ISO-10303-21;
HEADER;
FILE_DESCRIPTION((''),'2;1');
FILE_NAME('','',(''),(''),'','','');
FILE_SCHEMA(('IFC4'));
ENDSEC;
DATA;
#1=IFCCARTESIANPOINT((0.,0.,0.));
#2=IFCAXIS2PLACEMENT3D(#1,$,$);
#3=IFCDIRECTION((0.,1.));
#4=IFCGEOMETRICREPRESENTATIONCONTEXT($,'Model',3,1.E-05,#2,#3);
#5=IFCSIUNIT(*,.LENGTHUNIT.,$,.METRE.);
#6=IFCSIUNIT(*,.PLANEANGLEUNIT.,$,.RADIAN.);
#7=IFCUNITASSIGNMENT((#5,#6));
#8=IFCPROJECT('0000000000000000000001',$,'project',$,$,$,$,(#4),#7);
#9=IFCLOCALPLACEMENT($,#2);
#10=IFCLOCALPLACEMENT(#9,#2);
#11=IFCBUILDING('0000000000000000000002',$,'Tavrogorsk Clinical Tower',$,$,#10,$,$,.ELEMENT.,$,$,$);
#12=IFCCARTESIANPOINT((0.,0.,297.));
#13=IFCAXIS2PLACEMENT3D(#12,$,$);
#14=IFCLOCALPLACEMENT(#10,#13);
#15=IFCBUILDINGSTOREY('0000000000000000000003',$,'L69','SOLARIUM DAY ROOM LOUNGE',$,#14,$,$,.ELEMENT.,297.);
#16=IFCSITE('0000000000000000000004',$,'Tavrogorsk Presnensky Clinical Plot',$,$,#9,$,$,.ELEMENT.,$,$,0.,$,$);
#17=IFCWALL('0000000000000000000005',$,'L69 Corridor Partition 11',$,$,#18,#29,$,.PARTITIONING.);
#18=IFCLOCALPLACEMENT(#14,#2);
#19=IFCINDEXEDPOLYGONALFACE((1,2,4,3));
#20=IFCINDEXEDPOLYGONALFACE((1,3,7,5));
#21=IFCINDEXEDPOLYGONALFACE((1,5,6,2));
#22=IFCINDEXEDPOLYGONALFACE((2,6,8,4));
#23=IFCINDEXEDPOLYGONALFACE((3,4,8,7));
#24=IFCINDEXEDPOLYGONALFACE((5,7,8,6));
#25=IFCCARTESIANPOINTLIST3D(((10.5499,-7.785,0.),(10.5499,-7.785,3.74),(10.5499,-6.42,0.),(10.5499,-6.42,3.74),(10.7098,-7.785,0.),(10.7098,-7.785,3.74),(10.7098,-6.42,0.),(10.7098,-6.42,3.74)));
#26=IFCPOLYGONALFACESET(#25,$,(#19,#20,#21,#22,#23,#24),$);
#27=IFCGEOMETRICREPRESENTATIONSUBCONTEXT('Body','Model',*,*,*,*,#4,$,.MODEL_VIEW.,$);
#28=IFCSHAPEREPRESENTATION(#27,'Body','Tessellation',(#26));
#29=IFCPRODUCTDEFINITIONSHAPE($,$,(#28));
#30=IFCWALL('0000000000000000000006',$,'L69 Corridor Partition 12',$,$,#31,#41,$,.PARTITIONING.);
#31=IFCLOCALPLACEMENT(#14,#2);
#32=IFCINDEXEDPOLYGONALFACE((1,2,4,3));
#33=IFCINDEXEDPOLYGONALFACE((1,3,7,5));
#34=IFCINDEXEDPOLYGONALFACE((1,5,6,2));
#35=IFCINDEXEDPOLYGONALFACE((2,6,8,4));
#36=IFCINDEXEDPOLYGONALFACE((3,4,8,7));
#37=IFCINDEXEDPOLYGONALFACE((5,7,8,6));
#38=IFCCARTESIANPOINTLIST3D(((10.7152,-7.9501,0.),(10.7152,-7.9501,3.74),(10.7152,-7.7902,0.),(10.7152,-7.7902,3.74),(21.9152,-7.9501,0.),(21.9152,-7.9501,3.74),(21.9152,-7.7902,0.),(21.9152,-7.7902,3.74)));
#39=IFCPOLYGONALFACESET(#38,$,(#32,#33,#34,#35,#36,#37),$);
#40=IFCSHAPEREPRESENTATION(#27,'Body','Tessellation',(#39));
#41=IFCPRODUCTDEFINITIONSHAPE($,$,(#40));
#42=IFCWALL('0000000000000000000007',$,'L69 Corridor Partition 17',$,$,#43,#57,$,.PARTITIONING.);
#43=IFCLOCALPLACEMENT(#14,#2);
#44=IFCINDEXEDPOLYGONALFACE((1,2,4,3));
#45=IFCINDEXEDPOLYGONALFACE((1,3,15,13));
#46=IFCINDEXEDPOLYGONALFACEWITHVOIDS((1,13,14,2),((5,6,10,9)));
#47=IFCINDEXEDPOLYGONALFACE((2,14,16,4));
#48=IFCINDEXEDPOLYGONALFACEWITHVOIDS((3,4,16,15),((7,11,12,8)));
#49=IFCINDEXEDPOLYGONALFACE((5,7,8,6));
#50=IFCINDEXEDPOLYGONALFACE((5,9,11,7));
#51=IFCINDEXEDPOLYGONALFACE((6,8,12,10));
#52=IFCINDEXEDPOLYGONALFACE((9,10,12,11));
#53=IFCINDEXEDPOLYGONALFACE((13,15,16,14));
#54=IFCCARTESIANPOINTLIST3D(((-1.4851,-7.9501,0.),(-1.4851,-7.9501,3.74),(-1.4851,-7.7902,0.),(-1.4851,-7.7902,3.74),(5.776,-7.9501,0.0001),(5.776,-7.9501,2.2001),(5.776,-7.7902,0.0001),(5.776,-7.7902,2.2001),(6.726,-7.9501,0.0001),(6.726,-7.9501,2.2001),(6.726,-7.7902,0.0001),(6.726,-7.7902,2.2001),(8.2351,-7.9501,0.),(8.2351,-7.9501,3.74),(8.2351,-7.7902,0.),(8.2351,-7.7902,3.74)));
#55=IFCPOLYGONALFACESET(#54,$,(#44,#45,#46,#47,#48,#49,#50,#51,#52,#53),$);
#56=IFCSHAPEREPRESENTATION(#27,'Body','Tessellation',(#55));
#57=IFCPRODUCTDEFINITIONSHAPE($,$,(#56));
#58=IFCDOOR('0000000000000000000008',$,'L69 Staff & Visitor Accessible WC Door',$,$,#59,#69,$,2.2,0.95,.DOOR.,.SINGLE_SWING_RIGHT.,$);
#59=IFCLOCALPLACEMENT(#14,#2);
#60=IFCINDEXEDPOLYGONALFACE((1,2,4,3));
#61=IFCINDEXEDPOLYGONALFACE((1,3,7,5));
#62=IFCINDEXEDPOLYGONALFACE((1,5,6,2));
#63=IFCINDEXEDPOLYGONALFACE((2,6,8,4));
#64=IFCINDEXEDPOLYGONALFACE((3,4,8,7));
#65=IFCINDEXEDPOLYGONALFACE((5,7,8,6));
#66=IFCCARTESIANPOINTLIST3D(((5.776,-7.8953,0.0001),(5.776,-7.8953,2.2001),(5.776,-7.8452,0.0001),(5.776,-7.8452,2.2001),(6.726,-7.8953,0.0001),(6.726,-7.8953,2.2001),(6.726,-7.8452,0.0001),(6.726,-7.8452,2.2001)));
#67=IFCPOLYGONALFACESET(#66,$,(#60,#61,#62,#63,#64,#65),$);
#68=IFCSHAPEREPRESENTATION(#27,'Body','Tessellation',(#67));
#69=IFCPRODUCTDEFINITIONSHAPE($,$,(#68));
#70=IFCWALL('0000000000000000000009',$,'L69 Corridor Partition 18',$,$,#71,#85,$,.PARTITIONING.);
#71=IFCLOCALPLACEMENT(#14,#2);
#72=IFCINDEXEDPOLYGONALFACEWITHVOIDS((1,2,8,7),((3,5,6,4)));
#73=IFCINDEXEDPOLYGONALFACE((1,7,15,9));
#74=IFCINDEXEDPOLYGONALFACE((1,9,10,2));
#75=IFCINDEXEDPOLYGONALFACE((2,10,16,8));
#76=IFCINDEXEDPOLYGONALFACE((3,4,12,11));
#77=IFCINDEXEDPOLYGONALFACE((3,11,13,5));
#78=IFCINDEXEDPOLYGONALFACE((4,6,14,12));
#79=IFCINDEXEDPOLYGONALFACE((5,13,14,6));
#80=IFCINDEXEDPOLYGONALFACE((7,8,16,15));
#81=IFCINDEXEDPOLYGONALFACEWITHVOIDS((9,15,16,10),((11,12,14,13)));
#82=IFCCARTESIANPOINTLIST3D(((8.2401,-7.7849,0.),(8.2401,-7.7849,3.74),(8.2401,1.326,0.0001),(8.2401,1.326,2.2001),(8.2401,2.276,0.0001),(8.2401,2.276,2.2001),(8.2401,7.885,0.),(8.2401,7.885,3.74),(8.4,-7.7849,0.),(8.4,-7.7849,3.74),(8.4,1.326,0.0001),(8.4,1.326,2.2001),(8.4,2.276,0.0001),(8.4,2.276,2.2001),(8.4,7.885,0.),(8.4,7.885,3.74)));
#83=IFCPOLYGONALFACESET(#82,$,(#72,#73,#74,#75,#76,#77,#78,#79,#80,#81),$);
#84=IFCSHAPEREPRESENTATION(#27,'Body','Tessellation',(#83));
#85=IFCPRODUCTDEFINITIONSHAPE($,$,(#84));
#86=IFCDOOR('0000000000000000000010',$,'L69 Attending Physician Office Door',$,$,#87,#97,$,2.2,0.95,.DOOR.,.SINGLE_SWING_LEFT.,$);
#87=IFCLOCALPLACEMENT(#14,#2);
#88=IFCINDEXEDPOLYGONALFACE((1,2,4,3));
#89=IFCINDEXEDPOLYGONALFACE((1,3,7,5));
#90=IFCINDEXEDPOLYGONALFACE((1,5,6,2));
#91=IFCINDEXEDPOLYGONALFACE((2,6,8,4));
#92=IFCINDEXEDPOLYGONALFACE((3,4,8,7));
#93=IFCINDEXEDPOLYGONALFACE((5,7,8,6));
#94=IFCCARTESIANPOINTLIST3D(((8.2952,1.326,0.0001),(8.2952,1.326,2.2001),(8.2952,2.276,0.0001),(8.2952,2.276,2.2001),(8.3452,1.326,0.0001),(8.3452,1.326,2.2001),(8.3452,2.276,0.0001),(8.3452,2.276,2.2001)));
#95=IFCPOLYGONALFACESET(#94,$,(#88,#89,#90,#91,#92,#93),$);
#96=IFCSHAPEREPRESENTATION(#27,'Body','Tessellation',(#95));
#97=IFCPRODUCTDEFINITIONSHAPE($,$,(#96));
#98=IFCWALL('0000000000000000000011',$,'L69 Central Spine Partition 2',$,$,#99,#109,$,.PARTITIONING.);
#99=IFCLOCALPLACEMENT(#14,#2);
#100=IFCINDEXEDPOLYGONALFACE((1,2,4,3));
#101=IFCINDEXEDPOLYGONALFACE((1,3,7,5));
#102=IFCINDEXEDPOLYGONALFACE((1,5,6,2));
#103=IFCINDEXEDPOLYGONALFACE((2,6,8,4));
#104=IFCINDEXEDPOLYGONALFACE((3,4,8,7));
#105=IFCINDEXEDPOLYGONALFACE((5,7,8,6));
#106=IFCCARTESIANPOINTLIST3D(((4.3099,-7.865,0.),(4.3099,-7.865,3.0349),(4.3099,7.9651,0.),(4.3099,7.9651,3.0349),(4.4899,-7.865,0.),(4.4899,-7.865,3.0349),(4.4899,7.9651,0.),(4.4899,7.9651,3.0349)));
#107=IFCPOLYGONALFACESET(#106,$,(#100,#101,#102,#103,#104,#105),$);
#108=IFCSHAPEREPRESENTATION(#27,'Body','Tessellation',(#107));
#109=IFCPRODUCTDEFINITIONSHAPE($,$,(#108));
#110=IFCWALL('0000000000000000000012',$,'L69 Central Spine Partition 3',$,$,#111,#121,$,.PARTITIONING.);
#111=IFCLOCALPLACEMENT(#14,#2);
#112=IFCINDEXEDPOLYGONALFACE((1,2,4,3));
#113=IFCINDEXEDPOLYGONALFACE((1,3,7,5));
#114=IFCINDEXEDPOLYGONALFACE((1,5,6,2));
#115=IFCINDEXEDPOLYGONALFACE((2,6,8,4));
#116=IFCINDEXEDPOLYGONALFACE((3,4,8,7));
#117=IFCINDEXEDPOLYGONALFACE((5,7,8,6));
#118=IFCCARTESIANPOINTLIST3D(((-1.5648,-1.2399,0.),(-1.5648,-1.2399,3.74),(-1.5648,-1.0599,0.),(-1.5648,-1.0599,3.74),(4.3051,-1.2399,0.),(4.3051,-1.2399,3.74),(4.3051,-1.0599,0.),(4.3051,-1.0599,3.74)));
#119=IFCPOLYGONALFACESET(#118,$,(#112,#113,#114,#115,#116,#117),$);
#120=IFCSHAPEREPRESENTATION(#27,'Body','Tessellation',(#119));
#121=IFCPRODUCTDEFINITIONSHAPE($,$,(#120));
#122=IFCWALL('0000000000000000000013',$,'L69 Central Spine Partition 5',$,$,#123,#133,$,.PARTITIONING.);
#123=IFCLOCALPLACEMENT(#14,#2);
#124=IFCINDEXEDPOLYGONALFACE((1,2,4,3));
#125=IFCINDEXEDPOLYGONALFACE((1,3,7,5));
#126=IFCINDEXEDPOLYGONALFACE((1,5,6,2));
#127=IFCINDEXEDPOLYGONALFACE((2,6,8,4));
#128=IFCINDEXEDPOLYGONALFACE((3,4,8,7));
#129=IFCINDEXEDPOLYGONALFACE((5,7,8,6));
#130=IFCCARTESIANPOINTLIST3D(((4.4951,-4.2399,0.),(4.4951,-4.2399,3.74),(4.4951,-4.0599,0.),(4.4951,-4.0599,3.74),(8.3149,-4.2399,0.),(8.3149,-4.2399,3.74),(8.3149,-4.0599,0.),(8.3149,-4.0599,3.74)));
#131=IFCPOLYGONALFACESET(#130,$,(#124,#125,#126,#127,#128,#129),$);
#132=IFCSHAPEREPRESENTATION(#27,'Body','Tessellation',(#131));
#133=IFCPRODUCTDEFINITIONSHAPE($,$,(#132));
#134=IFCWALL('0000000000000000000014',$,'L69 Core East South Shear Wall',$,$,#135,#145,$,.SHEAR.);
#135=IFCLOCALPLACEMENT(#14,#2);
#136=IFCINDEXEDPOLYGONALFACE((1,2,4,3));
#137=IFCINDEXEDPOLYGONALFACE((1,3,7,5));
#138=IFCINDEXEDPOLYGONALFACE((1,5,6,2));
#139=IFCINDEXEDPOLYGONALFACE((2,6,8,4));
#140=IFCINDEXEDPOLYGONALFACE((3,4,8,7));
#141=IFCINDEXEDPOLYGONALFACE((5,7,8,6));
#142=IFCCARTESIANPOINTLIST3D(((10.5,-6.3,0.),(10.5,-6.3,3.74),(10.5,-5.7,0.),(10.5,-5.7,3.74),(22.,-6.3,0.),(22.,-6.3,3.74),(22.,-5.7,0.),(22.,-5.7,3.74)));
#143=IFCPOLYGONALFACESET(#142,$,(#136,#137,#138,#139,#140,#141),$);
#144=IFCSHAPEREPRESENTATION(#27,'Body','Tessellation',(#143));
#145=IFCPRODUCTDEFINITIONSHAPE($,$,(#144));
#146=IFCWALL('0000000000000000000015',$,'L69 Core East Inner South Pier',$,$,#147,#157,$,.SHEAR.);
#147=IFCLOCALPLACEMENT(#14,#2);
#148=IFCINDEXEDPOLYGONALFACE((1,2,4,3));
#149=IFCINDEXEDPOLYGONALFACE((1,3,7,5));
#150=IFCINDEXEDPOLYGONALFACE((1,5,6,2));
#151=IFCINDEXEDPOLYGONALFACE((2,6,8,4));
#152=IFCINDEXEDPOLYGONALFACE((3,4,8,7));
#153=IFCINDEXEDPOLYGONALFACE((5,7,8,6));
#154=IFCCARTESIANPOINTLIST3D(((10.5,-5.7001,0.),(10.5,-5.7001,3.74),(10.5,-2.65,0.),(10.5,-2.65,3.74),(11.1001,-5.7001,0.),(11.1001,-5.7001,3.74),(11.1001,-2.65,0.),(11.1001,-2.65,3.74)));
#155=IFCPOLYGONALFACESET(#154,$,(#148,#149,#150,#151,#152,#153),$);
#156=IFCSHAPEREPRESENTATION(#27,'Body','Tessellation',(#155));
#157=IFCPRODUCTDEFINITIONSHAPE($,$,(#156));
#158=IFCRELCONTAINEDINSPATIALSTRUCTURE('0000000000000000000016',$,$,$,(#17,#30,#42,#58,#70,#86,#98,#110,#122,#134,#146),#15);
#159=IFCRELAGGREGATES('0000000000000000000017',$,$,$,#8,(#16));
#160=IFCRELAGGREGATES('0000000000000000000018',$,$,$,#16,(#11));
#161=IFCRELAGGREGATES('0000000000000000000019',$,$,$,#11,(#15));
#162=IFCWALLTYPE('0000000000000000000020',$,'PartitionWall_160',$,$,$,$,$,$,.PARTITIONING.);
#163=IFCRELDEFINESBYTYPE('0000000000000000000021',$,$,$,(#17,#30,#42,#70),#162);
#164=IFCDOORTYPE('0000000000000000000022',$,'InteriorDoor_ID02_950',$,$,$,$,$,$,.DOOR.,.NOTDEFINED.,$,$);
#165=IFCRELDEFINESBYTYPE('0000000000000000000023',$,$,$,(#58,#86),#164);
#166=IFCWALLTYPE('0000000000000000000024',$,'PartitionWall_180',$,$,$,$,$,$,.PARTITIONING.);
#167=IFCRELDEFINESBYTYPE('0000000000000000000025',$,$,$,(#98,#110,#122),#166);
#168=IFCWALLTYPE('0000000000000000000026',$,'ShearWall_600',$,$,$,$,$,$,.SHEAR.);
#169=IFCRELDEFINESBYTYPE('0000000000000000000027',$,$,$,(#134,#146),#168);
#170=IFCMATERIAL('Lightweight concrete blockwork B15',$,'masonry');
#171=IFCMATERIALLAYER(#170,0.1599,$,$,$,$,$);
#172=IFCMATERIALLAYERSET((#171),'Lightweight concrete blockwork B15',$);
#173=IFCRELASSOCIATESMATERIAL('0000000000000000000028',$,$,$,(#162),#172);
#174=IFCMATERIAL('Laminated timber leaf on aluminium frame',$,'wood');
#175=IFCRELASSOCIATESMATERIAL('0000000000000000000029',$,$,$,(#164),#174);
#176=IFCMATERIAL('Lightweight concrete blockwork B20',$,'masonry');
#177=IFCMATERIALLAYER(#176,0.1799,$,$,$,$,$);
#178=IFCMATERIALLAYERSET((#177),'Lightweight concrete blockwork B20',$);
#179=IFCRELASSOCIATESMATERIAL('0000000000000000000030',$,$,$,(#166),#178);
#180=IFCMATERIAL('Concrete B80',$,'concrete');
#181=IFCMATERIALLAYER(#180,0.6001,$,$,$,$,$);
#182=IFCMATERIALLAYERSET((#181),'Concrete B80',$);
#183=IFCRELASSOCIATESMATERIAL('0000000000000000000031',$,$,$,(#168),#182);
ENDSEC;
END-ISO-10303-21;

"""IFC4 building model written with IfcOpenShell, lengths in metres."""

from ifc_helpers import new_model, si_unit, direction, frame, frame_2d, origin, place, context, subcontext, project, spatial, rectangle, extrude, material, layer, layer_set, type_object, element, fill, save


model = new_model("IFC4")

# Units and contexts
model_context = context("Model", 3, precision=1e-05, world=origin(), true_north=direction((0.0, 1.0)))
body_context = subcontext(model_context, "Body", "Model", "MODEL_VIEW")
ifc_project = project(units=[si_unit("LENGTHUNIT", "METRE"), si_unit("PLANEANGLEUNIT", "RADIAN")], contexts=[model_context])

# Site, building, storey
site_placement = place(None, origin())
site = spatial("IfcSite", under=ifc_project, at=site_placement, Name="Tavrogorsk Presnensky Clinical Plot", CompositionType="ELEMENT", RefElevation=0.0)
building_placement = place(site_placement, origin())
building = spatial("IfcBuilding", under=site, at=building_placement, Name="Tavrogorsk Clinical Tower", CompositionType="ELEMENT")
storey_placement = place(building_placement, frame((0.0, 0.0, 297.0)))
storey = spatial("IfcBuildingStorey", under=building, at=storey_placement, Name="L69", Description="SOLARIUM DAY ROOM LOUNGE", CompositionType="ELEMENT", Elevation=297.0)

# Shared definitions
ifc_material_1 = material(Name="Lightweight concrete blockwork B15", Category="masonry")
ifc_layer_1 = layer(ifc_material_1, 0.1599)
ifc_layer_set_1 = layer_set([ifc_layer_1], Name="Lightweight concrete blockwork B15")
wall_type_1 = type_object("IfcWallType", Name="PartitionWall_160", PredefinedType="PARTITIONING", material=ifc_layer_set_1)
ifc_material_2 = material(Name="Laminated timber leaf on aluminium frame", Category="wood")
door_type_1 = type_object("IfcDoorType", Name="InteriorDoor_ID02_950", OperationType="NOTDEFINED", PredefinedType="DOOR", material=ifc_material_2)

# Walls
wall_1_placement = place(storey_placement, frame((10.6299, -6.4199, 0.0), z_axis=(0.0, 0.0, 1.0), x_axis=(0.0, -1.0, 0.0)))
element("IfcWall", 1, at=wall_1_placement, inside=storey, type_object=wall_type_1, Name="L69 Corridor Partition 11", PredefinedType="PARTITIONING", context=body_context, shape_type="SweptSolid", body=[
    extrude(rectangle(XDim=1.365, YDim=0.1599, at=frame_2d((0.6826, 0.0))), origin(), (0.0, 0.0, 1.0), 3.74),
])
wall_2_placement = place(storey_placement, frame((10.7151, -7.8701, 0.0), z_axis=(0.0, 0.0, 1.0), x_axis=(1.0, 0.0, 0.0)))
element("IfcWall", 2, at=wall_2_placement, inside=storey, type_object=wall_type_1, Name="L69 Corridor Partition 12", PredefinedType="PARTITIONING", context=body_context, shape_type="SweptSolid", body=[
    extrude(rectangle(XDim=11.2, YDim=0.1599, at=frame_2d((5.6001, 0.0))), origin(), (0.0, 0.0, 1.0), 3.74),
])

# Walls, openings, doors
wall_3_placement = place(storey_placement, frame((-1.4851, -7.8701, 0.0), z_axis=(0.0, 0.0, 1.0), x_axis=(1.0, 0.0, 0.0)))
wall_3 = element("IfcWall", 3, at=wall_3_placement, inside=storey, type_object=wall_type_1, Name="L69 Corridor Partition 17", PredefinedType="PARTITIONING", context=body_context, shape_type="SweptSolid", body=[
    extrude(rectangle(XDim=9.7202, YDim=0.1599, at=frame_2d((4.8601, 0.0))), origin(), (0.0, 0.0, 1.0), 3.74),
])
opening_1_placement = place(wall_3_placement, frame((7.261, 0.0, 0.0)))
opening_1 = element("IfcOpeningElement", 4, at=opening_1_placement, cuts=wall_3, PredefinedType="OPENING", context=body_context, shape_type="SweptSolid", body=[
    extrude(rectangle(XDim=0.95, YDim=2.2, at=frame_2d((0.4751, 1.1001))), frame((0.0, 0.0898, 0.0), z_axis=(0.0, -1.0, 0.0), x_axis=(1.0, 0.0, 0.0)), (0.0, 0.0, 1.0), 0.1799),
])
door_1_placement = place(opening_1_placement, origin())
door_1 = element("IfcDoor", 5, at=door_1_placement, inside=storey, type_object=door_type_1, Name="L69 Staff & Visitor Accessible WC Door", OperationType="SINGLE_SWING_RIGHT", OverallHeight=2.2, OverallWidth=0.95, PredefinedType="DOOR", context=body_context, shape_type="SweptSolid", body=[
    extrude(rectangle(XDim=0.95, YDim=2.2, at=frame_2d((0.4751, 1.1001))), frame((0.0, 0.0249, 0.0), z_axis=(0.0, -1.0, 0.0), x_axis=(1.0, 0.0, 0.0)), (0.0, 0.0, 1.0), 0.05),
])
fill(opening_1, door_1)
wall_4_placement = place(storey_placement, frame((8.3201, -7.7849, 0.0), z_axis=(0.0, 0.0, 1.0), x_axis=(0.0, 1.0, 0.0)))
wall_4 = element("IfcWall", 6, at=wall_4_placement, inside=storey, type_object=wall_type_1, Name="L69 Corridor Partition 18", PredefinedType="PARTITIONING", context=body_context, shape_type="SweptSolid", body=[
    extrude(rectangle(XDim=15.6699, YDim=0.1599, at=frame_2d((7.835, 0.0))), origin(), (0.0, 0.0, 1.0), 3.74),
])
opening_2_placement = place(wall_4_placement, frame((9.1108, 0.0, 0.0)))
opening_2 = element("IfcOpeningElement", 7, at=opening_2_placement, cuts=wall_4, PredefinedType="OPENING", context=body_context, shape_type="SweptSolid", body=[
    extrude(rectangle(XDim=0.95, YDim=2.2, at=frame_2d((0.4751, 1.1001))), frame((0.0, 0.0898, 0.0), z_axis=(0.0, -1.0, 0.0), x_axis=(1.0, 0.0, 0.0)), (0.0, 0.0, 1.0), 0.1799),
])
door_2_placement = place(opening_2_placement, origin())
door_2 = element("IfcDoor", 8, at=door_2_placement, inside=storey, type_object=door_type_1, Name="L69 Attending Physician Office Door", OperationType="SINGLE_SWING_LEFT", OverallHeight=2.2, OverallWidth=0.95, PredefinedType="DOOR", context=body_context, shape_type="SweptSolid", body=[
    extrude(rectangle(XDim=0.95, YDim=2.2, at=frame_2d((0.4751, 1.1001))), frame((0.0, 0.0249, 0.0), z_axis=(0.0, -1.0, 0.0), x_axis=(1.0, 0.0, 0.0)), (0.0, 0.0, 1.0), 0.05),
])
fill(opening_2, door_2)

# Walls
ifc_material_3 = material(Name="Lightweight concrete blockwork B20", Category="masonry")
ifc_layer_2 = layer(ifc_material_3, 0.1799)
ifc_layer_set_2 = layer_set([ifc_layer_2], Name="Lightweight concrete blockwork B20")
wall_type_2 = type_object("IfcWallType", Name="PartitionWall_180", PredefinedType="PARTITIONING", material=ifc_layer_set_2)
wall_5_placement = place(storey_placement, frame((4.3999, -7.865, 0.0), z_axis=(0.0, 0.0, 1.0), x_axis=(0.0, 1.0, 0.0)))
element("IfcWall", 9, at=wall_5_placement, inside=storey, type_object=wall_type_2, Name="L69 Central Spine Partition 2", PredefinedType="PARTITIONING", context=body_context, shape_type="SweptSolid", body=[
    extrude(rectangle(XDim=15.8301, YDim=0.1799, at=frame_2d((7.915, 0.0))), origin(), (0.0, 0.0, 1.0), 3.0349),
])
wall_6_placement = place(storey_placement, frame((-1.5649, -1.1499, 0.0), z_axis=(0.0, 0.0, 1.0), x_axis=(1.0, 0.0, 0.0)))
element("IfcWall", 10, at=wall_6_placement, inside=storey, type_object=wall_type_2, Name="L69 Central Spine Partition 3", PredefinedType="PARTITIONING", context=body_context, shape_type="SweptSolid", body=[
    extrude(rectangle(XDim=5.8699, YDim=0.1799, at=frame_2d((2.9351, 0.0))), origin(), (0.0, 0.0, 1.0), 3.74),
])
wall_7_placement = place(storey_placement, frame((4.4951, -4.1499, 0.0), z_axis=(0.0, 0.0, 1.0), x_axis=(1.0, 0.0, 0.0)))
element("IfcWall", 11, at=wall_7_placement, inside=storey, type_object=wall_type_2, Name="L69 Central Spine Partition 5", PredefinedType="PARTITIONING", context=body_context, shape_type="SweptSolid", body=[
    extrude(rectangle(XDim=3.8198, YDim=0.1799, at=frame_2d((1.9099, 0.0))), origin(), (0.0, 0.0, 1.0), 3.74),
])
ifc_material_4 = material(Name="Concrete B80", Category="concrete")
ifc_layer_3 = layer(ifc_material_4, 0.6001)
ifc_layer_set_3 = layer_set([ifc_layer_3], Name="Concrete B80")
wall_type_3 = type_object("IfcWallType", Name="ShearWall_600", PredefinedType="SHEAR", material=ifc_layer_set_3)
wall_8_placement = place(storey_placement, frame((10.5, -6.0, 0.0), z_axis=(0.0, 0.0, 1.0), x_axis=(1.0, 0.0, 0.0)))
element("IfcWall", 12, at=wall_8_placement, inside=storey, type_object=wall_type_3, Name="L69 Core East South Shear Wall", PredefinedType="SHEAR", context=body_context, shape_type="SweptSolid", body=[
    extrude(rectangle(XDim=11.5, YDim=0.6001, at=frame_2d((5.75, 0.0))), origin(), (0.0, 0.0, 1.0), 3.74),
])
wall_9_placement = place(storey_placement, frame((10.8, -5.7, 0.0), z_axis=(0.0, 0.0, 1.0), x_axis=(0.0, 1.0, 0.0)))
element("IfcWall", 13, at=wall_9_placement, inside=storey, type_object=wall_type_3, Name="L69 Core East Inner South Pier", PredefinedType="SHEAR", context=body_context, shape_type="SweptSolid", body=[
    extrude(rectangle(XDim=3.05, YDim=0.6001, at=frame_2d((1.5249, 0.0))), origin(), (0.0, 0.0, 1.0), 3.74),
])

save(model, "model.ifc")
